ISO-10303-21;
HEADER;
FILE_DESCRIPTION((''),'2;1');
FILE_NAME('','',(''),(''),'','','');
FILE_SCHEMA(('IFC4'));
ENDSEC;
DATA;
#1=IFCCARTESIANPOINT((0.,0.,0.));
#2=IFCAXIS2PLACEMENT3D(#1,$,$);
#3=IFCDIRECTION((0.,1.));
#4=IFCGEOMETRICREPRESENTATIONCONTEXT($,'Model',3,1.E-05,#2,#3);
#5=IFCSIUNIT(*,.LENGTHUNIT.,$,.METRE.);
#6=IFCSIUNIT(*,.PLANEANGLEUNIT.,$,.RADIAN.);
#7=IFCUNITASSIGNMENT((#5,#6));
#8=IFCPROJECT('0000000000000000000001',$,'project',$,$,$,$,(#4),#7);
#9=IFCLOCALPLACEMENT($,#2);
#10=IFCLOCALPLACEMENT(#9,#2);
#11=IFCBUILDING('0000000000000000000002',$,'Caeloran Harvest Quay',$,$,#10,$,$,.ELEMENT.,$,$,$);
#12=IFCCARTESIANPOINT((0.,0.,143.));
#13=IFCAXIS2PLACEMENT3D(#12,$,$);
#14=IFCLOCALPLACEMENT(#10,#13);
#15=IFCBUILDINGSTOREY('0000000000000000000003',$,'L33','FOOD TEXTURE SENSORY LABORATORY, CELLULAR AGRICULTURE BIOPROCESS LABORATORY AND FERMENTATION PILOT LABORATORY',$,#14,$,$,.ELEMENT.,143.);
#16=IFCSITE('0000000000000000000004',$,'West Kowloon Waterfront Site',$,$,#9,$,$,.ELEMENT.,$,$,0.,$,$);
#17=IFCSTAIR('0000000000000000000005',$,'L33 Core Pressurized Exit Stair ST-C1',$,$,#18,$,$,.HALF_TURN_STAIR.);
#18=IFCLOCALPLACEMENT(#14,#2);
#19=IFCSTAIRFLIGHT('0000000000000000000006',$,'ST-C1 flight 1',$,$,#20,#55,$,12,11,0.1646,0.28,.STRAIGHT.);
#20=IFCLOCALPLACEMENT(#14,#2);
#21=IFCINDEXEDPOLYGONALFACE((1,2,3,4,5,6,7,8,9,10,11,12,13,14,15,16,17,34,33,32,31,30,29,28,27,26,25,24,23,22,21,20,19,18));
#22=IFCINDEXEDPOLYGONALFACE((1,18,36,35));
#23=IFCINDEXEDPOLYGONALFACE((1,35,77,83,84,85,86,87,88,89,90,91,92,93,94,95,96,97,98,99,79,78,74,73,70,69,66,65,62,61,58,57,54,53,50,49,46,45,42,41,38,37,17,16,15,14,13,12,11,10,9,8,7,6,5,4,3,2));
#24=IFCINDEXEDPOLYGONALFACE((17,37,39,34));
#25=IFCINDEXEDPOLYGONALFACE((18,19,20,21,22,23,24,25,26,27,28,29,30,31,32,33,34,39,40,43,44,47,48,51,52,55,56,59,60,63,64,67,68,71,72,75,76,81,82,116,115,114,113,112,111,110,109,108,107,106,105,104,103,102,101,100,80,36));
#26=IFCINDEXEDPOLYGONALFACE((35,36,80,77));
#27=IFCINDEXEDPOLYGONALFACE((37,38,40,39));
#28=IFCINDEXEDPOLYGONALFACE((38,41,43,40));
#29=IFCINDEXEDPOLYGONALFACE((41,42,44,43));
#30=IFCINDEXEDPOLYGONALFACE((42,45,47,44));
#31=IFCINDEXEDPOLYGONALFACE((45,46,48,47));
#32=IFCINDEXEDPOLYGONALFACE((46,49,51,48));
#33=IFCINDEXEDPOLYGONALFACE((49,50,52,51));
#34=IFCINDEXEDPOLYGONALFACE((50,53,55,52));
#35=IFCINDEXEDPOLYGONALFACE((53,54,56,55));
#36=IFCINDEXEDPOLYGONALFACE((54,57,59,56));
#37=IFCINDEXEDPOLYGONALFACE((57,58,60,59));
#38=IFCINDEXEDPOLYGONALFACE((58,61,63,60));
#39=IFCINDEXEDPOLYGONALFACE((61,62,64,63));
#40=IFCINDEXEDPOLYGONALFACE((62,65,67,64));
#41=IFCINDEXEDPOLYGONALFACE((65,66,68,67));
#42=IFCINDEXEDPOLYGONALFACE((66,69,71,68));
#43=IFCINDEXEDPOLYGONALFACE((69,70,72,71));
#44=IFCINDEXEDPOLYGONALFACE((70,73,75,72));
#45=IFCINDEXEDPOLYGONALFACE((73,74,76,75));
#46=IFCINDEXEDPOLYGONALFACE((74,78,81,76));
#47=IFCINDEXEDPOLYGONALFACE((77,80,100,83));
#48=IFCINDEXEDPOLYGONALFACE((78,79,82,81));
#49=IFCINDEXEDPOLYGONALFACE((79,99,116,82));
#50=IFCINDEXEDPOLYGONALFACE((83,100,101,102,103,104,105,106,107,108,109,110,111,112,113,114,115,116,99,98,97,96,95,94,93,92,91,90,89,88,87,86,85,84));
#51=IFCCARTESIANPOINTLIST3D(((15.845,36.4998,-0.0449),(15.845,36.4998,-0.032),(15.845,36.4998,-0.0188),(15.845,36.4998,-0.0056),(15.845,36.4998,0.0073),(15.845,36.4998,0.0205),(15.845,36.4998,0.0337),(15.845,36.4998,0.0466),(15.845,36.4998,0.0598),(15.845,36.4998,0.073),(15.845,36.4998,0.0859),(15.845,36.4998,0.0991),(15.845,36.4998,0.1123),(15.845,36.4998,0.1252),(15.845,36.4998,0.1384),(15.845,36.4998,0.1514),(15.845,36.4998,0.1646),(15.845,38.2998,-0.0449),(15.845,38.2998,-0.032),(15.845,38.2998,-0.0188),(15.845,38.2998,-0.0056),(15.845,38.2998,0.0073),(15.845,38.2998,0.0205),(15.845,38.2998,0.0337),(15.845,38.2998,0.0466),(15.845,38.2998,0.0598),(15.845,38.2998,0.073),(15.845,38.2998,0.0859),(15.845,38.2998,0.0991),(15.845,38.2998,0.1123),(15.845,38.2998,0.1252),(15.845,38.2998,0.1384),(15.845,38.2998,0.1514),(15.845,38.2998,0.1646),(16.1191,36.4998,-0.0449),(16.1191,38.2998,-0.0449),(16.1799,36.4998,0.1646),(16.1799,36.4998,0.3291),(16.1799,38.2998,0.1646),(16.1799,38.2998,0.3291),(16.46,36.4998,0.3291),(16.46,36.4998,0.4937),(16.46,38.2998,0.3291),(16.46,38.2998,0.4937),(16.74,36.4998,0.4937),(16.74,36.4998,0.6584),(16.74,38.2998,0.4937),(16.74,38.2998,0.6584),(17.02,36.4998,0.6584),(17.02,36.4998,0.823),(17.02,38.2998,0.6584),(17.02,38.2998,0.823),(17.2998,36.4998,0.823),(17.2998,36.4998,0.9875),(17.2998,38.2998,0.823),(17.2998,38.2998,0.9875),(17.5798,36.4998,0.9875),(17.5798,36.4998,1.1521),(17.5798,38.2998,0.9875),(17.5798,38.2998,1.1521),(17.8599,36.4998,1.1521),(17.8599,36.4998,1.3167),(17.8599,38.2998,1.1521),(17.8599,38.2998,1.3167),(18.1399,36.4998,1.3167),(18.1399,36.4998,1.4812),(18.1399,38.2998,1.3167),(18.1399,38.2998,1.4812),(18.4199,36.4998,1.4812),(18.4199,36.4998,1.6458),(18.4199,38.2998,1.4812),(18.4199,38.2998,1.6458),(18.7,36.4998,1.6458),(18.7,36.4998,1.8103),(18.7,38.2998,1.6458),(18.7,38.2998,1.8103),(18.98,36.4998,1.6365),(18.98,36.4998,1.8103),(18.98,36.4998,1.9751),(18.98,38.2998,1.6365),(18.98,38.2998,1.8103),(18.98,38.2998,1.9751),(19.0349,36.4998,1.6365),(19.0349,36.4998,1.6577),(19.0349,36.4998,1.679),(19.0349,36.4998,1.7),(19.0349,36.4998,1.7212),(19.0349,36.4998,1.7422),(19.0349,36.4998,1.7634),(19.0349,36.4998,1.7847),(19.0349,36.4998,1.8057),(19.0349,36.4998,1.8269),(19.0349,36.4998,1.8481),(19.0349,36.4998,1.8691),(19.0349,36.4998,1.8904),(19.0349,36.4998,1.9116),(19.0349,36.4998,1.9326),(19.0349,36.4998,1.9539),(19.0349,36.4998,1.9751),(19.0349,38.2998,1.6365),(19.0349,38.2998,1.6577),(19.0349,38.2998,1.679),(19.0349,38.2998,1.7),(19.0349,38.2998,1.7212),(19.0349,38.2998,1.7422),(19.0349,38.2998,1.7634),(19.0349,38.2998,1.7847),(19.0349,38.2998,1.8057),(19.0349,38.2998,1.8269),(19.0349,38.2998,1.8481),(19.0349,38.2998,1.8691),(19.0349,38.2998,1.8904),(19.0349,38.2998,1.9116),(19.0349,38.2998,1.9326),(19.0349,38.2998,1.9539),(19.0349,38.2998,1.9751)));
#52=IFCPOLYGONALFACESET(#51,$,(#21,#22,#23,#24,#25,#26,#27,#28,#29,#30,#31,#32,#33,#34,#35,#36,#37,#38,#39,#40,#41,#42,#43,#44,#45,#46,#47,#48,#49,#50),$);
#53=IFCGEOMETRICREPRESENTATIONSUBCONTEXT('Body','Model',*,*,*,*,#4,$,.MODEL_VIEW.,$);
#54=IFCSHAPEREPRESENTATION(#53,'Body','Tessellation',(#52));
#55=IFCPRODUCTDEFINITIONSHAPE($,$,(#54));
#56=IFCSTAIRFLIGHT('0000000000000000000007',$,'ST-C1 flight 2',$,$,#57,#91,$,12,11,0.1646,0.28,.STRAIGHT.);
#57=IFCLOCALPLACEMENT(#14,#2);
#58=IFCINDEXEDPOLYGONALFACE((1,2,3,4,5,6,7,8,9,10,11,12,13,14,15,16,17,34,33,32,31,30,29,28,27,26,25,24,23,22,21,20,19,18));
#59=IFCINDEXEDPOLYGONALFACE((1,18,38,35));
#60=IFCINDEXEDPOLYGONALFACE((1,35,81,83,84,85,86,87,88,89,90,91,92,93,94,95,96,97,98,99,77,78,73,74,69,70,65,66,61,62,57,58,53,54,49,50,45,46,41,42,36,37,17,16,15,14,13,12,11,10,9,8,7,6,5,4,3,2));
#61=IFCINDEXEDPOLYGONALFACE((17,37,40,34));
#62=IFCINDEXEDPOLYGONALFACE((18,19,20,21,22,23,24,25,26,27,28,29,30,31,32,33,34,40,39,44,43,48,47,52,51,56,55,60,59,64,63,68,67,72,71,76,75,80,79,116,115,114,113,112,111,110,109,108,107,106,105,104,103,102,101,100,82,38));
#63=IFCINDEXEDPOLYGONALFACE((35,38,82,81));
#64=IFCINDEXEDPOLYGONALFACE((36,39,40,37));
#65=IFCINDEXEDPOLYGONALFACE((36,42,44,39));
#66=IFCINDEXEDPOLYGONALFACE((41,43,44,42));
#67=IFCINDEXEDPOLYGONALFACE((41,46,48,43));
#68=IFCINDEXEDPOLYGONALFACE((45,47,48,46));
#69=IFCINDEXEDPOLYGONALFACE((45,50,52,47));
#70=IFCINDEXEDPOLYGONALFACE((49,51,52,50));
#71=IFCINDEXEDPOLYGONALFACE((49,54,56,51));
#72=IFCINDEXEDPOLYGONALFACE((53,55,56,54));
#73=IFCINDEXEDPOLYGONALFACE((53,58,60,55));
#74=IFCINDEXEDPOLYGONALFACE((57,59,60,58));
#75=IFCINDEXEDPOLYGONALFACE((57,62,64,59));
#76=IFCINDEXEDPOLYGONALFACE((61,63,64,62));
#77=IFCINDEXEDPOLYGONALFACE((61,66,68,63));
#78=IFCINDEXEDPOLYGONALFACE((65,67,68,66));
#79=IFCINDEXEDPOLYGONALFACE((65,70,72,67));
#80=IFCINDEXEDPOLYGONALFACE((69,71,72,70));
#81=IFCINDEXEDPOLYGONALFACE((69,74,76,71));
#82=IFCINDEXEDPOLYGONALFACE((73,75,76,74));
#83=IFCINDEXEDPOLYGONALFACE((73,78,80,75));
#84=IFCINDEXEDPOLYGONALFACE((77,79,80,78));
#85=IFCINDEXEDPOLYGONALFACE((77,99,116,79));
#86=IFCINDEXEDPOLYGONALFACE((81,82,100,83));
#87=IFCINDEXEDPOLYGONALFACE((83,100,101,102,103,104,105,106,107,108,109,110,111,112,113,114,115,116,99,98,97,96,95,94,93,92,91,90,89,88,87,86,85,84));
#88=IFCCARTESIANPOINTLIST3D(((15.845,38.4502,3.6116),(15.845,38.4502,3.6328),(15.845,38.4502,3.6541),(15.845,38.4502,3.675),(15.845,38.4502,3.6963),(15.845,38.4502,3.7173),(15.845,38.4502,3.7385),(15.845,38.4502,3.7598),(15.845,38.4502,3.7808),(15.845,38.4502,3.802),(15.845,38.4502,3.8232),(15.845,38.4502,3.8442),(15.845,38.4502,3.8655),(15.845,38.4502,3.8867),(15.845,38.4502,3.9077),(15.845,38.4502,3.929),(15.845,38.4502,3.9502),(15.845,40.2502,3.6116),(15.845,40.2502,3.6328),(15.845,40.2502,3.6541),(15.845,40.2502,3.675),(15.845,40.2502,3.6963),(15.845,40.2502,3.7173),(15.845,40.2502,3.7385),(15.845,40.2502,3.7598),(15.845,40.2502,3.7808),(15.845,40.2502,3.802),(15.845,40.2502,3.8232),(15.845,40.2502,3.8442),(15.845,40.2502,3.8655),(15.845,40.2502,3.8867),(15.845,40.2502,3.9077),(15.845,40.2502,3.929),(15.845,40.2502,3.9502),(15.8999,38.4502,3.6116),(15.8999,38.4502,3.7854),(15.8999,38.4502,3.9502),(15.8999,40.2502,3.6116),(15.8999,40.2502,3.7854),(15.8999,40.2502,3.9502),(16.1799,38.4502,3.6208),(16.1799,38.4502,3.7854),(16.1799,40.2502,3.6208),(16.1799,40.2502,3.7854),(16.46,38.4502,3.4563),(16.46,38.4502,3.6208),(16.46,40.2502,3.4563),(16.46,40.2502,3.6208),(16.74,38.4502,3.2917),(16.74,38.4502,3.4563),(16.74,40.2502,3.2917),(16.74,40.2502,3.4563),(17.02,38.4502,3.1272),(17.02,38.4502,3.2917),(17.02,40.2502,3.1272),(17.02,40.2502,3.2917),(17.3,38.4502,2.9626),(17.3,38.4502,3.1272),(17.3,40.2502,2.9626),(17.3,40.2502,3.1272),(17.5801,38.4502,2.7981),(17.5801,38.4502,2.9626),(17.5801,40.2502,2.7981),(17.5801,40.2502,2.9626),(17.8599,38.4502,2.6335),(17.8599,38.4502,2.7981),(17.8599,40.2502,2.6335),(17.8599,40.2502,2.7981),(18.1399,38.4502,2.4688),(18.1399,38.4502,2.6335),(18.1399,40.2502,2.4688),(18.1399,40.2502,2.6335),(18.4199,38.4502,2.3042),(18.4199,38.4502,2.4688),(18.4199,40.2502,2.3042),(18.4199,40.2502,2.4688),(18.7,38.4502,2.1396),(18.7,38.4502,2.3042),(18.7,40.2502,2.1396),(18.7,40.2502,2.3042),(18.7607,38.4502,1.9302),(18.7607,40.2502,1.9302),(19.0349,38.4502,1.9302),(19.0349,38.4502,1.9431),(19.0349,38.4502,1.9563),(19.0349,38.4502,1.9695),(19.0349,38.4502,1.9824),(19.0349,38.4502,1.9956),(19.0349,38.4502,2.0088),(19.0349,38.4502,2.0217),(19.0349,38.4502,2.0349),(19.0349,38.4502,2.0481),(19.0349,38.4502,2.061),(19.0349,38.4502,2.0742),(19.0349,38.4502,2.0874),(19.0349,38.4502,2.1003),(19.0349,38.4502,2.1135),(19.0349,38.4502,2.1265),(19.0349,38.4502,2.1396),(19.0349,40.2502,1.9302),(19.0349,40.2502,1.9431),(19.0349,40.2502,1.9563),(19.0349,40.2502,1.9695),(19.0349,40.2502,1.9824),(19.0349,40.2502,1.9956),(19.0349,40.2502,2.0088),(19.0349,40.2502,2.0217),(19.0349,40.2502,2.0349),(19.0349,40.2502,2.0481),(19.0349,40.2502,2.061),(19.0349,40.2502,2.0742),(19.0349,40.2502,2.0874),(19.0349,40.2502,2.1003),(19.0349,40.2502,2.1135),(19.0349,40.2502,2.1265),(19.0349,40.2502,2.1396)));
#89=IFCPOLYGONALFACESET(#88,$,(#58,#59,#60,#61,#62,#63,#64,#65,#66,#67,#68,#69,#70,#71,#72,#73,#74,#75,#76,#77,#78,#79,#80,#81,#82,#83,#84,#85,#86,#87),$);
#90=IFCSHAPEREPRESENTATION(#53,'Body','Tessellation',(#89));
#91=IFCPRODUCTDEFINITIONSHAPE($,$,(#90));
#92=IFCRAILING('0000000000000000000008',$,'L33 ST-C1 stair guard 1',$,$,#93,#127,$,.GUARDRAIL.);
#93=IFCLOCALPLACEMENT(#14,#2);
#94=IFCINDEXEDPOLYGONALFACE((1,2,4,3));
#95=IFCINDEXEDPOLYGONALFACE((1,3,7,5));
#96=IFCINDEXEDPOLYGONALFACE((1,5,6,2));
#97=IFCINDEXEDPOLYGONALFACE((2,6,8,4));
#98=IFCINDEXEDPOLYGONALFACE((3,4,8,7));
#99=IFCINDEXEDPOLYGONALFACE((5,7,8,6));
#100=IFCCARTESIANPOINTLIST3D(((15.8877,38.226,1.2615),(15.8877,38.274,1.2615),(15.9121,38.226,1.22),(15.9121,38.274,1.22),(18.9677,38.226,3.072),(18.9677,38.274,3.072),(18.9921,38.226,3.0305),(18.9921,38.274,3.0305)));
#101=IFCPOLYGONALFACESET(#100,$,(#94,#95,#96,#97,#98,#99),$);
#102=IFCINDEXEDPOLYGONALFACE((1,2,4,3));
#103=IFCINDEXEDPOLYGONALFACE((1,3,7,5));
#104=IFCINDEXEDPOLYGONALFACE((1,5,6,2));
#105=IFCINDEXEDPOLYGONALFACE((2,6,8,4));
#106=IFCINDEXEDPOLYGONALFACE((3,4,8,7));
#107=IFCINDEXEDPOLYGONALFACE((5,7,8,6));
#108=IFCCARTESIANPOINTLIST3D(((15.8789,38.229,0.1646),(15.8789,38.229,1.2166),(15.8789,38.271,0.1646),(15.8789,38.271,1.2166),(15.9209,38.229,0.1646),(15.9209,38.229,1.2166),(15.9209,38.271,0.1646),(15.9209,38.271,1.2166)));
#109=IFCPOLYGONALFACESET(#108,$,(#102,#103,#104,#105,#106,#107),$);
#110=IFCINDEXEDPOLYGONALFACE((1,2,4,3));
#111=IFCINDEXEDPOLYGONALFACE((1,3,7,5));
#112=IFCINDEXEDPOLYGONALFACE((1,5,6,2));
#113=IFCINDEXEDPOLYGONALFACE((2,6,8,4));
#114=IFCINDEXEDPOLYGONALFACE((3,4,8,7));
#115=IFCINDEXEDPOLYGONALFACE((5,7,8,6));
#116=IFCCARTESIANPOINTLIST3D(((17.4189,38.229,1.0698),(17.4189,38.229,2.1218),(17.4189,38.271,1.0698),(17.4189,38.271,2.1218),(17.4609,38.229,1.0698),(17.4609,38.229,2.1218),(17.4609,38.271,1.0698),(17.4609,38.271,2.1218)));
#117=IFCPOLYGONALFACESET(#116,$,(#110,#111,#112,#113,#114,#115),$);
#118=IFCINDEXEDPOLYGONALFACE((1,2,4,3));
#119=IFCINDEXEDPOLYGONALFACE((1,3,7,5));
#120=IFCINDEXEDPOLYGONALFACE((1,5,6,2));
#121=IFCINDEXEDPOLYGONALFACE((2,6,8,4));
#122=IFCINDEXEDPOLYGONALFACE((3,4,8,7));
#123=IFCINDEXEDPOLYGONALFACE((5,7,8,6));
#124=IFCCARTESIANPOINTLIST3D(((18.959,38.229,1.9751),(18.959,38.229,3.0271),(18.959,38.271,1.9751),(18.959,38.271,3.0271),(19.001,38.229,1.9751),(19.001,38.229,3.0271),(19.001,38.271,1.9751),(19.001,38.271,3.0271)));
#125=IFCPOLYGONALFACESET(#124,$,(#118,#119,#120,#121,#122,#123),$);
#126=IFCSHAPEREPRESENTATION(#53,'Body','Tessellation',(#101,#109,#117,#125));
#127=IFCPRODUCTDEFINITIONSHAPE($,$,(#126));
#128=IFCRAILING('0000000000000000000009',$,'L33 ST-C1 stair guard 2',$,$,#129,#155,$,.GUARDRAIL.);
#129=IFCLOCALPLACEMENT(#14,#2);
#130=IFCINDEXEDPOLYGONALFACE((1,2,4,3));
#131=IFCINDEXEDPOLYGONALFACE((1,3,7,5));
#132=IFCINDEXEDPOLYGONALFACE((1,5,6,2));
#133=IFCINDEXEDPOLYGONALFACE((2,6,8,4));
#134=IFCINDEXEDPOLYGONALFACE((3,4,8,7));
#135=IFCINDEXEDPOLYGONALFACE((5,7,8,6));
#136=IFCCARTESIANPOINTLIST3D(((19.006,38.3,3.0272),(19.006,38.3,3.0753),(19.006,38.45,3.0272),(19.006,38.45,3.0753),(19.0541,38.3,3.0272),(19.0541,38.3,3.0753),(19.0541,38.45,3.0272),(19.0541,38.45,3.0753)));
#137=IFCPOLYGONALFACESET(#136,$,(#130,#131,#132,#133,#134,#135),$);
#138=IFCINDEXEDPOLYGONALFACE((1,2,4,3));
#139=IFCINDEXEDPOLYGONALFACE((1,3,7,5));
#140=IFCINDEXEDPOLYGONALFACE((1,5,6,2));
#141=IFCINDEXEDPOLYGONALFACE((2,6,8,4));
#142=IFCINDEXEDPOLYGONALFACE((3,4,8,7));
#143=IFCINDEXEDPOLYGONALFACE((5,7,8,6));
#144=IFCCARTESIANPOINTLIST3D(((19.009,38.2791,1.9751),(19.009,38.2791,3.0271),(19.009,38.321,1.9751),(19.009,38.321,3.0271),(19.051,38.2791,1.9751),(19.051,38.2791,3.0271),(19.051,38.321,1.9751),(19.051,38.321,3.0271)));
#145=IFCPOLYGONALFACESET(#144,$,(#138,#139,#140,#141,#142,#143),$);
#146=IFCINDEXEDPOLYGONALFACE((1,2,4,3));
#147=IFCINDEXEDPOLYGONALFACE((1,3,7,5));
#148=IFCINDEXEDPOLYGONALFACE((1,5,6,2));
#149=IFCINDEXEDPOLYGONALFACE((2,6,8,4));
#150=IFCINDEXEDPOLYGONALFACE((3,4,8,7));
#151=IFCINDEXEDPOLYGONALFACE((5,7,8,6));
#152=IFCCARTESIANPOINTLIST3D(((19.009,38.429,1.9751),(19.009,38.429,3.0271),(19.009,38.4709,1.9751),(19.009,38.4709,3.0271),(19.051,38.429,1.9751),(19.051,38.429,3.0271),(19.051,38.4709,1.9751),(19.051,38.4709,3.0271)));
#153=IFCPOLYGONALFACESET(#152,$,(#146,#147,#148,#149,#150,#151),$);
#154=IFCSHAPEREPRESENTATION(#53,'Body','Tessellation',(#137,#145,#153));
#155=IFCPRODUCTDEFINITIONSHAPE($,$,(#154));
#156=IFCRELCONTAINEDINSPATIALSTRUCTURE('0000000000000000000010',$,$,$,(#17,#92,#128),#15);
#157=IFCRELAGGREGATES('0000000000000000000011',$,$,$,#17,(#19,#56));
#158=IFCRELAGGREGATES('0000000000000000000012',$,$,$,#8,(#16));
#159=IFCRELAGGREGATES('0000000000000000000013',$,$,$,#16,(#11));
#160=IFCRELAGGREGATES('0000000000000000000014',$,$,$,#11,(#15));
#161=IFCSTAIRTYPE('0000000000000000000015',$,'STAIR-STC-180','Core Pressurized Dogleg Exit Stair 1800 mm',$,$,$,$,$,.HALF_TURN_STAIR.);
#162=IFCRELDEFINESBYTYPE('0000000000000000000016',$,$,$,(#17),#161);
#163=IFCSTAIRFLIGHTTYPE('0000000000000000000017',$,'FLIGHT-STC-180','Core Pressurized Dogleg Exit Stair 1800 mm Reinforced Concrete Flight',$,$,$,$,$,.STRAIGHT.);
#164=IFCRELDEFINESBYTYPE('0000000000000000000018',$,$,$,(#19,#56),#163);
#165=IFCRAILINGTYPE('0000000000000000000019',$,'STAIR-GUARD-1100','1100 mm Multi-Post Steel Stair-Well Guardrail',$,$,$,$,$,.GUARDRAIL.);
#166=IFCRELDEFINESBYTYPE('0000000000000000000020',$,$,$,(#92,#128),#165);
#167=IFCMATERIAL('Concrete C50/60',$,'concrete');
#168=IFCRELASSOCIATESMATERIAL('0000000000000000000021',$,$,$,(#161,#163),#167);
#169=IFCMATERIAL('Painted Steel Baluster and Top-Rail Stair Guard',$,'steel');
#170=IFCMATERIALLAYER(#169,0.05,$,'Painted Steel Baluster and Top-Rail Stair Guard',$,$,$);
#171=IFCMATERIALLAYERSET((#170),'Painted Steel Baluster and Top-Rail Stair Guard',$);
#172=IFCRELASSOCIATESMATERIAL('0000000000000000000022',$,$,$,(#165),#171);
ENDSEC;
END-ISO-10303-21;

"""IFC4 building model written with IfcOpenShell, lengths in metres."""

from ifc_helpers import new_model, si_unit, direction, frame, origin, origin_2d, place, context, subcontext, project, spatial, polyline, rectangle, outline, extrude, material, layer, layer_set, type_object, element, aggregate, save


model = new_model("IFC4")

# Units and contexts
model_context = context("Model", 3, precision=1e-05, world=origin(), true_north=direction((0.0, 1.0)))
body_context = subcontext(model_context, "Body", "Model", "MODEL_VIEW")
ifc_project = project(units=[si_unit("LENGTHUNIT", "METRE"), si_unit("PLANEANGLEUNIT", "RADIAN")], contexts=[model_context])

# Site, building, storey
site_placement = place(None, origin())
site = spatial("IfcSite", under=ifc_project, at=site_placement, Name="West Kowloon Waterfront Site", CompositionType="ELEMENT", RefElevation=0.0)
building_placement = place(site_placement, origin())
building = spatial("IfcBuilding", under=site, at=building_placement, Name="Caeloran Harvest Quay", CompositionType="ELEMENT")
storey_placement = place(building_placement, frame((0.0, 0.0, 143.0)))
storey = spatial("IfcBuildingStorey", under=building, at=storey_placement, Name="L33", Description="FOOD TEXTURE SENSORY LABORATORY, CELLULAR AGRICULTURE BIOPROCESS LABORATORY AND FERMENTATION PILOT LABORATORY", CompositionType="ELEMENT", Elevation=143.0)

# Stair, stair flights
ifc_material_1 = material(Name="Concrete C50/60", Category="concrete")
stair_type = type_object("IfcStairType", Name="STAIR-STC-180", Description="Core Pressurized Dogleg Exit Stair 1800 mm", PredefinedType="HALF_TURN_STAIR", material=ifc_material_1)
stair_placement = place(storey_placement, origin())
stair = element("IfcStair", 1, at=stair_placement, inside=storey, type_object=stair_type, Name="L33 Core Pressurized Exit Stair ST-C1", PredefinedType="HALF_TURN_STAIR")
stair_flight_type = type_object("IfcStairFlightType", Name="FLIGHT-STC-180", Description="Core Pressurized Dogleg Exit Stair 1800 mm Reinforced Concrete Flight", PredefinedType="STRAIGHT", material=ifc_material_1)
stair_flight_1_placement = place(storey_placement, frame((15.8999, 37.3999, 0.0), z_axis=(0.0, 0.0, 1.0), x_axis=(1.0, 0.0, 0.0)))
stair_flight_1 = element("IfcStairFlight", 2, at=stair_flight_1_placement, type_object=stair_flight_type, Name="ST-C1 flight 1", NumberOfRisers=12, NumberOfTreads=11, PredefinedType="STRAIGHT", RiserHeight=0.1646, TreadLength=0.28, context=body_context, shape_type="SweptSolid", body=[
    extrude(outline(polyline([(-0.0549, -0.0449), (-0.0549, -0.032), (-0.0549, -0.0188), (-0.0549, -0.0056), (-0.0549, 0.0073), (-0.0549, 0.0205), (-0.0549, 0.0337), (-0.0549, 0.0466), (-0.0549, 0.0598), (-0.0549, 0.073), (-0.0549, 0.0859), (-0.0549, 0.0991), (-0.0549, 0.1123), (-0.0549, 0.1252), (-0.0549, 0.1384), (-0.0549, 0.1514), (-0.0549, 0.1646), (0.28, 0.1646), (0.28, 0.3291), (0.5601, 0.3291), (0.5601, 0.4937), (0.8401, 0.4937), (0.8401, 0.6584), (1.1201, 0.6584), (1.1201, 0.823), (1.3999, 0.823), (1.3999, 0.9875), (1.6799, 0.9875), (1.6799, 1.1521), (1.96, 1.1521), (1.96, 1.3167), (2.24, 1.3167), (2.24, 1.4812), (2.52, 1.4812), (2.52, 1.6458), (2.8, 1.6458), (2.8, 1.8103), (3.0801, 1.8103), (3.0801, 1.9751), (3.135, 1.9751), (3.135, 1.9539), (3.135, 1.9326), (3.135, 1.9116), (3.135, 1.8904), (3.135, 1.8691), (3.135, 1.8481), (3.135, 1.8269), (3.135, 1.8057), (3.135, 1.7847), (3.135, 1.7634), (3.135, 1.7422), (3.135, 1.7212), (3.135, 1.7), (3.135, 1.679), (3.135, 1.6577), (3.135, 1.6365), (3.0801, 1.6365), (0.2192, -0.0449), (-0.0549, -0.0449)])), frame((0.0, 0.8999, 0.0), z_axis=(0.0, -1.0, 0.0), x_axis=(1.0, 0.0, 0.0)), (0.0, 0.0, 1.0), 1.8),
])
stair_flight_2_placement = place(storey_placement, frame((18.98, 39.3501, 1.9751), z_axis=(0.0, 0.0, 1.0), x_axis=(-1.0, 0.0, 0.0)))
stair_flight_2 = element("IfcStairFlight", 3, at=stair_flight_2_placement, type_object=stair_flight_type, Name="ST-C1 flight 2", NumberOfRisers=12, NumberOfTreads=11, PredefinedType="STRAIGHT", RiserHeight=0.1646, TreadLength=0.28, context=body_context, shape_type="SweptSolid", body=[
    extrude(outline(polyline([(-0.0549, -0.0449), (-0.0549, -0.032), (-0.0549, -0.0188), (-0.0549, -0.0056), (-0.0549, 0.0073), (-0.0549, 0.0205), (-0.0549, 0.0337), (-0.0549, 0.0466), (-0.0549, 0.0598), (-0.0549, 0.073), (-0.0549, 0.0859), (-0.0549, 0.0991), (-0.0549, 0.1123), (-0.0549, 0.1252), (-0.0549, 0.1384), (-0.0549, 0.1514), (-0.0549, 0.1646), (0.28, 0.1646), (0.28, 0.3291), (0.5601, 0.3291), (0.5601, 0.4937), (0.8401, 0.4937), (0.8401, 0.6584), (1.1201, 0.6584), (1.1201, 0.823), (1.3999, 0.823), (1.3999, 0.9875), (1.6799, 0.9875), (1.6799, 1.1521), (1.96, 1.1521), (1.96, 1.3167), (2.24, 1.3167), (2.24, 1.4812), (2.52, 1.4812), (2.52, 1.6458), (2.8, 1.6458), (2.8, 1.8103), (3.0801, 1.8103), (3.0801, 1.9751), (3.135, 1.9751), (3.135, 1.9539), (3.135, 1.9326), (3.135, 1.9116), (3.135, 1.8904), (3.135, 1.8691), (3.135, 1.8481), (3.135, 1.8269), (3.135, 1.8057), (3.135, 1.7847), (3.135, 1.7634), (3.135, 1.7422), (3.135, 1.7212), (3.135, 1.7), (3.135, 1.679), (3.135, 1.6577), (3.135, 1.6365), (3.0801, 1.6365), (0.2192, -0.0449), (-0.0549, -0.0449)])), frame((0.0, 0.8999, 0.0), z_axis=(0.0, -1.0, 0.0), x_axis=(1.0, 0.0, 0.0)), (0.0, 0.0, 1.0), 1.8),
])
aggregate(stair, [stair_flight_1, stair_flight_2])

# Railings
ifc_material_2 = material(Name="Painted Steel Baluster and Top-Rail Stair Guard", Category="steel")
ifc_layer_1 = layer(ifc_material_2, 0.05, Name="Painted Steel Baluster and Top-Rail Stair Guard")
ifc_layer_set_1 = layer_set([ifc_layer_1], Name="Painted Steel Baluster and Top-Rail Stair Guard")
railing_type_1 = type_object("IfcRailingType", Name="STAIR-GUARD-1100", Description="1100 mm Multi-Post Steel Stair-Well Guardrail", PredefinedType="GUARDRAIL", material=ifc_layer_set_1)
railing_1_placement = place(storey_placement, frame((15.8999, 38.25, 0.1646)))
element("IfcRailing", 4, at=railing_1_placement, inside=storey, type_object=railing_type_1, Name="L33 ST-C1 stair guard 1", PredefinedType="GUARDRAIL", context=body_context, shape_type="SweptSolid", body=[
    extrude(rectangle(XDim=0.0481, YDim=0.0481, at=origin_2d()), frame((0.0, 0.0, 1.0762), z_axis=(0.862089, 0.0, 0.506757), x_axis=(0.0, 1.0, 0.0)), (0.0, 0.0, 1.0), 3.5728),
    extrude(rectangle(XDim=0.042, YDim=0.042, at=origin_2d()), origin(), (0.0, 0.0, 1.0), 1.052),
    extrude(rectangle(XDim=0.042, YDim=0.042, at=origin_2d()), frame((1.54, 0.0, 0.9053)), (0.0, 0.0, 1.0), 1.052),
    extrude(rectangle(XDim=0.042, YDim=0.042, at=origin_2d()), frame((3.0801, 0.0, 1.8105)), (0.0, 0.0, 1.0), 1.052),
])
railing_2_placement = place(storey_placement, frame((19.03, 38.3, 1.9751)))
element("IfcRailing", 5, at=railing_2_placement, inside=storey, type_object=railing_type_1, Name="L33 ST-C1 stair guard 2", PredefinedType="GUARDRAIL", context=body_context, shape_type="SweptSolid", body=[
    extrude(rectangle(XDim=0.0481, YDim=0.0481, at=origin_2d()), frame((0.0, 0.0, 1.0762), z_axis=(0.0, 1.0, 0.0), x_axis=(-1.0, 0.0, 0.0)), (0.0, 0.0, 1.0), 0.1499),
    extrude(rectangle(XDim=0.042, YDim=0.042, at=origin_2d()), origin(), (0.0, 0.0, 1.0), 1.052),
    extrude(rectangle(XDim=0.042, YDim=0.042, at=origin_2d()), frame((0.0, 0.1499, 0.0)), (0.0, 0.0, 1.0), 1.052),
])

save(model, "model.ifc")
